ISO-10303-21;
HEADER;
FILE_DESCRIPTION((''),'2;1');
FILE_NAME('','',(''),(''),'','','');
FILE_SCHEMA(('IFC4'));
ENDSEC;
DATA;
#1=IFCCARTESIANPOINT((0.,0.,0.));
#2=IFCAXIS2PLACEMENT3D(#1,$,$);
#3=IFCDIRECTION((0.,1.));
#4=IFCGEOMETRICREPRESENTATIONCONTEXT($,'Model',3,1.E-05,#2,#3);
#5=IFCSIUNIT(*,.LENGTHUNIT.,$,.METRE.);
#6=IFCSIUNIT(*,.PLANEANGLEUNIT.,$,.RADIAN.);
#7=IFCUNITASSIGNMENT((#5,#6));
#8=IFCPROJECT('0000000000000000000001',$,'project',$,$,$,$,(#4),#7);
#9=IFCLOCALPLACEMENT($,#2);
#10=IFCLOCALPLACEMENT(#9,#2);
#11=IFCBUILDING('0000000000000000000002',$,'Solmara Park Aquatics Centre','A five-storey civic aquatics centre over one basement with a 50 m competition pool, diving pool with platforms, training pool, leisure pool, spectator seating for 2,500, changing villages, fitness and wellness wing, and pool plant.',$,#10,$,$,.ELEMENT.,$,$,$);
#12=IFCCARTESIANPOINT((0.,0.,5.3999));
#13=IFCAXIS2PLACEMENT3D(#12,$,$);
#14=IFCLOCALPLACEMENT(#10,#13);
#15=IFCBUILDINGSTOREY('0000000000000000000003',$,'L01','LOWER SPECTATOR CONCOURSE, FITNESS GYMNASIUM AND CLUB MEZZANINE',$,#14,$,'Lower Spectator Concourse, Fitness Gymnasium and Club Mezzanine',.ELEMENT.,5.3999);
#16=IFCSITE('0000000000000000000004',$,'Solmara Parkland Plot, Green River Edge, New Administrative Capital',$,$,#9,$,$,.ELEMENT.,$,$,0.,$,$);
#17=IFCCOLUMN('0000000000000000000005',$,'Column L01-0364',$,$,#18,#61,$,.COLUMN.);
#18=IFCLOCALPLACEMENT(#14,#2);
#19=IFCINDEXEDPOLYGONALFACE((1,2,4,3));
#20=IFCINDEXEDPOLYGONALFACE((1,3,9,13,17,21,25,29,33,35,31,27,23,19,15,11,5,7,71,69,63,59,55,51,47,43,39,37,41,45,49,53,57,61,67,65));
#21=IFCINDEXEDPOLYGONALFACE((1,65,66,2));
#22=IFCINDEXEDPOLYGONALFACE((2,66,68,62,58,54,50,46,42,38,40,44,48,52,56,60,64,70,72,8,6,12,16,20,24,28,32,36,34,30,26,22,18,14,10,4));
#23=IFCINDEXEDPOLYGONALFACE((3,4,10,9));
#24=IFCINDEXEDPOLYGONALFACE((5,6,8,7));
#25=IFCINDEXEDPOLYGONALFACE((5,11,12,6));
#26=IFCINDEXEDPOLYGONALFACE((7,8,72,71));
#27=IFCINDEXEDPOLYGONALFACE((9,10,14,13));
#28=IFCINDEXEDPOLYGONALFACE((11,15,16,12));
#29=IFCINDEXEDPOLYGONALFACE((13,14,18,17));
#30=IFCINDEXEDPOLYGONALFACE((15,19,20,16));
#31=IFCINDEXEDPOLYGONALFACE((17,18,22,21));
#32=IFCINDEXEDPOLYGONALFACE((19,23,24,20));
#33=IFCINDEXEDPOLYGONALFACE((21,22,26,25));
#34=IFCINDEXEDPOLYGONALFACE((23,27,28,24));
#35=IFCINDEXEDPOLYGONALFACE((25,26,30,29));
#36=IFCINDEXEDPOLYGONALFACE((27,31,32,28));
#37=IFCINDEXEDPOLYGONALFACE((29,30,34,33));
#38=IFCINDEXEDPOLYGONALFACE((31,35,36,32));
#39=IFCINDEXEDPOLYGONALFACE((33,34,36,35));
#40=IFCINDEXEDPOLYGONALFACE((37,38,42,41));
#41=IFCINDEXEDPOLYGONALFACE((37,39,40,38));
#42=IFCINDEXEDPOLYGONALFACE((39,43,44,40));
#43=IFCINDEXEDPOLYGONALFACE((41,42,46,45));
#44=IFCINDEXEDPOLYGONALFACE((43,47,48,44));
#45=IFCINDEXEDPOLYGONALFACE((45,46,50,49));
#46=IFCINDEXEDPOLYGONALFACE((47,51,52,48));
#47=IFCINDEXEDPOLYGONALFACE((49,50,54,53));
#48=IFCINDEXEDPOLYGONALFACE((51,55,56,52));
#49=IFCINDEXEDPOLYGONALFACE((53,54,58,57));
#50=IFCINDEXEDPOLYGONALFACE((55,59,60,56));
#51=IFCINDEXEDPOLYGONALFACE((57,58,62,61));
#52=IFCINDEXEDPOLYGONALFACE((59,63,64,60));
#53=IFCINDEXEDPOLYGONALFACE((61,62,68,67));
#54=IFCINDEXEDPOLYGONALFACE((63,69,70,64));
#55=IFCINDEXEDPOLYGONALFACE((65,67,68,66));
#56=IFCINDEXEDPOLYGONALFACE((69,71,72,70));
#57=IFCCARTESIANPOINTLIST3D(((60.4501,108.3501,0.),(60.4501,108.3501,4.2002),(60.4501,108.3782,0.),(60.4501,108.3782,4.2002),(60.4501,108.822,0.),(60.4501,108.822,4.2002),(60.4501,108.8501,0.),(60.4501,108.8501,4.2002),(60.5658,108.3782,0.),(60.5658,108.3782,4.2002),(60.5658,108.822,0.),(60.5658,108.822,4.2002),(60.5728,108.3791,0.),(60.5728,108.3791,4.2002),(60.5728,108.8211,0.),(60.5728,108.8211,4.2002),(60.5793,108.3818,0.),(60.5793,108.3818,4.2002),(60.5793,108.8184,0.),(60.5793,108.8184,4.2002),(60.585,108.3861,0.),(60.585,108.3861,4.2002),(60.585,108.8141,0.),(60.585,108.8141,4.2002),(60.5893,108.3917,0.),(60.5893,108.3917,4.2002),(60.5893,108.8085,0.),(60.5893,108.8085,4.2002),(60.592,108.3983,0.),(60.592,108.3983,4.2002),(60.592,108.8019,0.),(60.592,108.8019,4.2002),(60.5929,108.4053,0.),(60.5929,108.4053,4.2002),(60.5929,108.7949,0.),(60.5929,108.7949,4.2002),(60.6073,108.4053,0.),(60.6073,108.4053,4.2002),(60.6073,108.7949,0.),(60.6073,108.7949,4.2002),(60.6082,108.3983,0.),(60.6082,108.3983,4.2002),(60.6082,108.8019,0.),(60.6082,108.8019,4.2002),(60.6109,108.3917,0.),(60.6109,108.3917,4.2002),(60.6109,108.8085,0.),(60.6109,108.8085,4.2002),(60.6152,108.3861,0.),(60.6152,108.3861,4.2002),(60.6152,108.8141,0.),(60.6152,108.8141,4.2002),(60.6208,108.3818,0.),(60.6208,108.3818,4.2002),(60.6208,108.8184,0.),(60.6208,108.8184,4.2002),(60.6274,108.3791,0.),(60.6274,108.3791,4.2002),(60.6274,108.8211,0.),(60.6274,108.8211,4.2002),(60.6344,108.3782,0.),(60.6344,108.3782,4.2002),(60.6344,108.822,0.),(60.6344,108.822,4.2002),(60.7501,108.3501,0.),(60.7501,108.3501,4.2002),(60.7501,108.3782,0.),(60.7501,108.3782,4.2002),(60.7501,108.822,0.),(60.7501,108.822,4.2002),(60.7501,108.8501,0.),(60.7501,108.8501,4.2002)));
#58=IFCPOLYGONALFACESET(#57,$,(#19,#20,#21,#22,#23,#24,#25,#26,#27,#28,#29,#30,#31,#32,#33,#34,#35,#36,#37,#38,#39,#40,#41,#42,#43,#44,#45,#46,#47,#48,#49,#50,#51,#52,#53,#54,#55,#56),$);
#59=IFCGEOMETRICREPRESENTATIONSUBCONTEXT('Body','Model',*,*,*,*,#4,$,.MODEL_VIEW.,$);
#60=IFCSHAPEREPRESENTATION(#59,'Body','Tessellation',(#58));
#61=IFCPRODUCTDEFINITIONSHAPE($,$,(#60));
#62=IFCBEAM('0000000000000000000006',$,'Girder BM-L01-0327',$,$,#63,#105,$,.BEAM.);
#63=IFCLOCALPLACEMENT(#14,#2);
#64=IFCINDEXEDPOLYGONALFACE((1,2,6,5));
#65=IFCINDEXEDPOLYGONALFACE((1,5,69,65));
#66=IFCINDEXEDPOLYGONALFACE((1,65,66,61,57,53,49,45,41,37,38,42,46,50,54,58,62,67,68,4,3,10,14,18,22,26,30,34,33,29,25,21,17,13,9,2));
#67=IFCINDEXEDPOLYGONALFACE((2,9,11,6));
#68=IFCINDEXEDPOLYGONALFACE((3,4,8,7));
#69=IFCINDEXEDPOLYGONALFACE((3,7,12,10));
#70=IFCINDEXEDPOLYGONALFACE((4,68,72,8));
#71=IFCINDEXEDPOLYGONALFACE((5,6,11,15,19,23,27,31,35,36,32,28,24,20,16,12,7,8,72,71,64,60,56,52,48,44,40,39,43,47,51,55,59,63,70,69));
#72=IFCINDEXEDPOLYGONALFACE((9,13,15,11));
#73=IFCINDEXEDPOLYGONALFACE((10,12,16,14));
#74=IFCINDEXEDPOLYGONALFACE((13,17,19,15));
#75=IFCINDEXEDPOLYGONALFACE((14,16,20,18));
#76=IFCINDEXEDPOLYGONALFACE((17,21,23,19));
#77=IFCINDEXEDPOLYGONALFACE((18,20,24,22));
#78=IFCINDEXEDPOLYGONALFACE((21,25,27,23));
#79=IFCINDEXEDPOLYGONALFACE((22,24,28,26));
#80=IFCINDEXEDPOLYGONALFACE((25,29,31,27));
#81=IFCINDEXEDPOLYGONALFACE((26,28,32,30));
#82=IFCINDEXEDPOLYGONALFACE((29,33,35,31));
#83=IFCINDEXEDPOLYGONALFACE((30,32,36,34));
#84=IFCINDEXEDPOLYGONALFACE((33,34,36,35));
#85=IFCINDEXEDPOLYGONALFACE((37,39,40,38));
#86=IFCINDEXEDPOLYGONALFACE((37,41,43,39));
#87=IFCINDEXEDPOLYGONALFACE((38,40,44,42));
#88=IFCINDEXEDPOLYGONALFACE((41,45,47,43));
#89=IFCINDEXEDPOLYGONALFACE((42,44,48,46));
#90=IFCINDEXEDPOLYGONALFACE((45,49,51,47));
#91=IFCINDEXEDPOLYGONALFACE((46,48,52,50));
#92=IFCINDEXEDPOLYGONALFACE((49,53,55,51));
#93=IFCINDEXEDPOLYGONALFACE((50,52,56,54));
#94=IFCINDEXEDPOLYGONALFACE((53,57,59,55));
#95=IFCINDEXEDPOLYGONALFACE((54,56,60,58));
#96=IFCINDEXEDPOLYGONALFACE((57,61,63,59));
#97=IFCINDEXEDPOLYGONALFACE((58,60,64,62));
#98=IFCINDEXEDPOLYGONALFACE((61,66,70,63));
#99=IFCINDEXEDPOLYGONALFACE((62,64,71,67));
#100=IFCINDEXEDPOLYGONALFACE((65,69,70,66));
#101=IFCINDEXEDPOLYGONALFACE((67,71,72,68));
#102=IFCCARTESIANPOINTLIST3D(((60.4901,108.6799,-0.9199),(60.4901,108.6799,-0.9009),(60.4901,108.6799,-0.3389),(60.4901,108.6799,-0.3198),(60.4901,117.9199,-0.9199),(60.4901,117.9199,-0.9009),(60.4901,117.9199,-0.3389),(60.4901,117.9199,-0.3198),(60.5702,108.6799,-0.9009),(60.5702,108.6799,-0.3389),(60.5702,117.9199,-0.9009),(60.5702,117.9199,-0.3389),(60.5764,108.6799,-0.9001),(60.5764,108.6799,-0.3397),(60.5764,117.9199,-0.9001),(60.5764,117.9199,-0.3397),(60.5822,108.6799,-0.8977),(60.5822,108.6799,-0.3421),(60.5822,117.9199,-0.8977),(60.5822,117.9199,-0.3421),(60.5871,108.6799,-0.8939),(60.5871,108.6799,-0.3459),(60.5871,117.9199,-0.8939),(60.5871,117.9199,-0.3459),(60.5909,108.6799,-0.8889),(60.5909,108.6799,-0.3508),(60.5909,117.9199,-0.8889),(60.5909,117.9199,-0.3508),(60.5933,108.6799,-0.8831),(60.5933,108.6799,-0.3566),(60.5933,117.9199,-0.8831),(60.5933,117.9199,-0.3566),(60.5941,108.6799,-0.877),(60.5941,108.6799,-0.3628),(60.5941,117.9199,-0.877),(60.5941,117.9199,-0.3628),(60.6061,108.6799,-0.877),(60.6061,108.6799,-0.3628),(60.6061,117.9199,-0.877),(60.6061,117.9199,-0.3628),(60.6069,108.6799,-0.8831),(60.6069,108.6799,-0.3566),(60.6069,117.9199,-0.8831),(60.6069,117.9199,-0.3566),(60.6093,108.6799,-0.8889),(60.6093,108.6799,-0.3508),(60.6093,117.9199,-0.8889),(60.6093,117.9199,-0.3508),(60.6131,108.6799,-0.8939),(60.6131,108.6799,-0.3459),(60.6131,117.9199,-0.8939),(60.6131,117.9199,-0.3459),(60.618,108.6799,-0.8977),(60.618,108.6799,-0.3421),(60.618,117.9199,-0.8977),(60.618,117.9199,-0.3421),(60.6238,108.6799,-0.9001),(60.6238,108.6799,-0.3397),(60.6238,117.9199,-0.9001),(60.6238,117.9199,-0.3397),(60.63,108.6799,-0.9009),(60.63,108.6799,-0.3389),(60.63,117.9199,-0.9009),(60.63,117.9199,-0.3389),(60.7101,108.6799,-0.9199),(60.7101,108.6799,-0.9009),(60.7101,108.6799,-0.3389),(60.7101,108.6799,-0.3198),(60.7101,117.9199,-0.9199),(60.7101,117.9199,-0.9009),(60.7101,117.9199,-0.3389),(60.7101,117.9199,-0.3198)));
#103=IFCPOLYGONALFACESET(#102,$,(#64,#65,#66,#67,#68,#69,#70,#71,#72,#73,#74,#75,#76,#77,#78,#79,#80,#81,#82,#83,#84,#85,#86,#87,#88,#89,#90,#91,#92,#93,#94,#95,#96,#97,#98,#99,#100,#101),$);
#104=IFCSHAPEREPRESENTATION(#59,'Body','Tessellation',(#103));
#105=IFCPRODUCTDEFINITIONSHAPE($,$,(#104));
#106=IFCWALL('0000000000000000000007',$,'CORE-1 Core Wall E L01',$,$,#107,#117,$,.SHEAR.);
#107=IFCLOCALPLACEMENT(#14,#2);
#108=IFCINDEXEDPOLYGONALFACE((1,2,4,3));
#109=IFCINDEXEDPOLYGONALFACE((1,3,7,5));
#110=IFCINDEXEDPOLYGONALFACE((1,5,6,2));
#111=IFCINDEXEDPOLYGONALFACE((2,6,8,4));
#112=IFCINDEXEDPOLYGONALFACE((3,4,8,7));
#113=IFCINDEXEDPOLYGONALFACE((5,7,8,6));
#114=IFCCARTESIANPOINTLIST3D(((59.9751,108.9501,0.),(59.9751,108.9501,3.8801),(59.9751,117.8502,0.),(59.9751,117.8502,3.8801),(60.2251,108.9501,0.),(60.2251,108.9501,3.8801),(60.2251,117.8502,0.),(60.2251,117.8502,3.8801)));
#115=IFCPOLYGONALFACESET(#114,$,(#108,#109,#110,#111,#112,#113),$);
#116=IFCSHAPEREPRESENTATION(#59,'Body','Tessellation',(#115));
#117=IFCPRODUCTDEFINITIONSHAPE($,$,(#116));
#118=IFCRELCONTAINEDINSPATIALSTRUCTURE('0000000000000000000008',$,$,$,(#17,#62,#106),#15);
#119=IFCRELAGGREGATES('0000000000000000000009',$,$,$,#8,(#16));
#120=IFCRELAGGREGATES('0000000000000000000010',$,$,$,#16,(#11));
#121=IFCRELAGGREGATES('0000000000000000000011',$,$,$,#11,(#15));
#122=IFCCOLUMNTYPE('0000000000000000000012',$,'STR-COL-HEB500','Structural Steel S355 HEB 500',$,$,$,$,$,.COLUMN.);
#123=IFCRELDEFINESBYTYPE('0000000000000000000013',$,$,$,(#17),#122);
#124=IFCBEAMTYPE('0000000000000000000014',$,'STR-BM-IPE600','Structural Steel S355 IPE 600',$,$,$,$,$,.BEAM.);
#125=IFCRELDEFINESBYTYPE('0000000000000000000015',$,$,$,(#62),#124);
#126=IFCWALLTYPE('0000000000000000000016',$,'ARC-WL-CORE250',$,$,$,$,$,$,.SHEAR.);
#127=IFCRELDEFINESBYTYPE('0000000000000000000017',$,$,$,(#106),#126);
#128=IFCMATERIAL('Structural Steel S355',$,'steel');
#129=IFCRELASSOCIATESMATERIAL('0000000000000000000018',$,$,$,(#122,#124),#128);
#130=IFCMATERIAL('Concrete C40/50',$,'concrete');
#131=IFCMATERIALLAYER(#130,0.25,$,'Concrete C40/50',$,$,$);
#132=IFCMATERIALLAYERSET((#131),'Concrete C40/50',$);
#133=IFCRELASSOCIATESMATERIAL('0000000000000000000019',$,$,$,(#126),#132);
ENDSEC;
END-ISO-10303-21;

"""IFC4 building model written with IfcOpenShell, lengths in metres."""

from ifc_helpers import new_model, si_unit, direction, frame, frame_2d, origin, origin_2d, place, context, subcontext, project, spatial, rectangle, i_section, extrude, material, layer, layer_set, material_profile, profile_set, type_object, element, save


model = new_model("IFC4")

# Units and contexts
model_context = context("Model", 3, precision=1e-05, world=origin(), true_north=direction((0.0, 1.0)))
body_context = subcontext(model_context, "Body", "Model", "MODEL_VIEW")
ifc_project = project(units=[si_unit("LENGTHUNIT", "METRE"), si_unit("PLANEANGLEUNIT", "RADIAN")], contexts=[model_context])

# Site, building, storey
site_placement = place(None, origin())
site = spatial("IfcSite", under=ifc_project, at=site_placement, Name="Solmara Parkland Plot, Green River Edge, New Administrative Capital", CompositionType="ELEMENT", RefElevation=0.0)
building_placement = place(site_placement, origin())
building = spatial("IfcBuilding", under=site, at=building_placement, Name="Solmara Park Aquatics Centre", Description="A five-storey civic aquatics centre over one basement with a 50 m competition pool, diving pool with platforms, training pool, leisure pool, spectator seating for 2,500, changing villages, fitness and wellness wing, and pool plant.", CompositionType="ELEMENT")
storey_placement = place(building_placement, frame((0.0, 0.0, 5.3999)))
storey = spatial("IfcBuildingStorey", under=building, at=storey_placement, Name="L01", Description="LOWER SPECTATOR CONCOURSE, FITNESS GYMNASIUM AND CLUB MEZZANINE", LongName="Lower Spectator Concourse, Fitness Gymnasium and Club Mezzanine", CompositionType="ELEMENT", Elevation=5.3999)

# Column
ifc_material_1 = material(Name="Structural Steel S355", Category="steel")
ifc_material_profile_1 = material_profile(ifc_material_1, i_section(OverallWidth=0.3, OverallDepth=0.5, WebThickness=0.0144, FlangeThickness=0.0281, FilletRadius=0.0271, at=origin_2d()), Name="HEB 500")
ifc_profile_set_1 = profile_set([ifc_material_profile_1], Name="Structural Steel S355")
column_type = type_object("IfcColumnType", Name="STR-COL-HEB500", Description="Structural Steel S355 HEB 500", PredefinedType="COLUMN", material=ifc_profile_set_1)
column_placement = place(storey_placement, frame((60.6001, 108.6001, 0.0), z_axis=(0.0, 0.0, 1.0), x_axis=(1.0, 0.0, 0.0)))
element("IfcColumn", 1, at=column_placement, inside=storey, type_object=column_type, Name="Column L01-0364", PredefinedType="COLUMN", context=body_context, shape_type="SweptSolid", body=[
    extrude(i_section(OverallWidth=0.3, OverallDepth=0.5, WebThickness=0.0144, FlangeThickness=0.0281, FilletRadius=0.0271, at=origin_2d()), origin(), (0.0, 0.0, 1.0), 4.2002),
])

# Beam
ifc_material_profile_2 = material_profile(ifc_material_1, i_section(OverallWidth=0.22, OverallDepth=0.6001, WebThickness=0.012, FlangeThickness=0.019, FilletRadius=0.0239, at=origin_2d()), Name="IPE 600")
ifc_profile_set_2 = profile_set([ifc_material_profile_2], Name="Structural Steel S355")
beam_type = type_object("IfcBeamType", Name="STR-BM-IPE600", Description="Structural Steel S355 IPE 600", PredefinedType="BEAM", material=ifc_profile_set_2)
beam_placement = place(storey_placement, frame((60.6001, 108.6799, -0.6199), z_axis=(0.0, 1.0, 0.0), x_axis=(-1.0, 0.0, 0.0)))
element("IfcBeam", 2, at=beam_placement, inside=storey, type_object=beam_type, Name="Girder BM-L01-0327", PredefinedType="BEAM", context=body_context, shape_type="SweptSolid", body=[
    extrude(i_section(OverallWidth=0.22, OverallDepth=0.6001, WebThickness=0.012, FlangeThickness=0.019, FilletRadius=0.0239, at=origin_2d()), origin(), (0.0, 0.0, 1.0), 9.24),
])

# Wall
ifc_material_2 = material(Name="Concrete C40/50", Category="concrete")
ifc_layer_1 = layer(ifc_material_2, 0.25, Name="Concrete C40/50")
ifc_layer_set_1 = layer_set([ifc_layer_1], Name="Concrete C40/50")
wall_type_1 = type_object("IfcWallType", Name="ARC-WL-CORE250", PredefinedType="SHEAR", material=ifc_layer_set_1)
wall_1_placement = place(storey_placement, frame((60.1001, 108.95, 0.0), z_axis=(0.0, 0.0, 1.0), x_axis=(0.0, 1.0, 0.0)))
element("IfcWall", 3, at=wall_1_placement, inside=storey, type_object=wall_type_1, Name="CORE-1 Core Wall E L01", PredefinedType="SHEAR", context=body_context, shape_type="SweptSolid", body=[
    extrude(rectangle(XDim=8.9001, YDim=0.25, at=frame_2d((4.4502, 0.0))), origin(), (0.0, 0.0, 1.0), 3.8801),
])

save(model, "model.ifc")
